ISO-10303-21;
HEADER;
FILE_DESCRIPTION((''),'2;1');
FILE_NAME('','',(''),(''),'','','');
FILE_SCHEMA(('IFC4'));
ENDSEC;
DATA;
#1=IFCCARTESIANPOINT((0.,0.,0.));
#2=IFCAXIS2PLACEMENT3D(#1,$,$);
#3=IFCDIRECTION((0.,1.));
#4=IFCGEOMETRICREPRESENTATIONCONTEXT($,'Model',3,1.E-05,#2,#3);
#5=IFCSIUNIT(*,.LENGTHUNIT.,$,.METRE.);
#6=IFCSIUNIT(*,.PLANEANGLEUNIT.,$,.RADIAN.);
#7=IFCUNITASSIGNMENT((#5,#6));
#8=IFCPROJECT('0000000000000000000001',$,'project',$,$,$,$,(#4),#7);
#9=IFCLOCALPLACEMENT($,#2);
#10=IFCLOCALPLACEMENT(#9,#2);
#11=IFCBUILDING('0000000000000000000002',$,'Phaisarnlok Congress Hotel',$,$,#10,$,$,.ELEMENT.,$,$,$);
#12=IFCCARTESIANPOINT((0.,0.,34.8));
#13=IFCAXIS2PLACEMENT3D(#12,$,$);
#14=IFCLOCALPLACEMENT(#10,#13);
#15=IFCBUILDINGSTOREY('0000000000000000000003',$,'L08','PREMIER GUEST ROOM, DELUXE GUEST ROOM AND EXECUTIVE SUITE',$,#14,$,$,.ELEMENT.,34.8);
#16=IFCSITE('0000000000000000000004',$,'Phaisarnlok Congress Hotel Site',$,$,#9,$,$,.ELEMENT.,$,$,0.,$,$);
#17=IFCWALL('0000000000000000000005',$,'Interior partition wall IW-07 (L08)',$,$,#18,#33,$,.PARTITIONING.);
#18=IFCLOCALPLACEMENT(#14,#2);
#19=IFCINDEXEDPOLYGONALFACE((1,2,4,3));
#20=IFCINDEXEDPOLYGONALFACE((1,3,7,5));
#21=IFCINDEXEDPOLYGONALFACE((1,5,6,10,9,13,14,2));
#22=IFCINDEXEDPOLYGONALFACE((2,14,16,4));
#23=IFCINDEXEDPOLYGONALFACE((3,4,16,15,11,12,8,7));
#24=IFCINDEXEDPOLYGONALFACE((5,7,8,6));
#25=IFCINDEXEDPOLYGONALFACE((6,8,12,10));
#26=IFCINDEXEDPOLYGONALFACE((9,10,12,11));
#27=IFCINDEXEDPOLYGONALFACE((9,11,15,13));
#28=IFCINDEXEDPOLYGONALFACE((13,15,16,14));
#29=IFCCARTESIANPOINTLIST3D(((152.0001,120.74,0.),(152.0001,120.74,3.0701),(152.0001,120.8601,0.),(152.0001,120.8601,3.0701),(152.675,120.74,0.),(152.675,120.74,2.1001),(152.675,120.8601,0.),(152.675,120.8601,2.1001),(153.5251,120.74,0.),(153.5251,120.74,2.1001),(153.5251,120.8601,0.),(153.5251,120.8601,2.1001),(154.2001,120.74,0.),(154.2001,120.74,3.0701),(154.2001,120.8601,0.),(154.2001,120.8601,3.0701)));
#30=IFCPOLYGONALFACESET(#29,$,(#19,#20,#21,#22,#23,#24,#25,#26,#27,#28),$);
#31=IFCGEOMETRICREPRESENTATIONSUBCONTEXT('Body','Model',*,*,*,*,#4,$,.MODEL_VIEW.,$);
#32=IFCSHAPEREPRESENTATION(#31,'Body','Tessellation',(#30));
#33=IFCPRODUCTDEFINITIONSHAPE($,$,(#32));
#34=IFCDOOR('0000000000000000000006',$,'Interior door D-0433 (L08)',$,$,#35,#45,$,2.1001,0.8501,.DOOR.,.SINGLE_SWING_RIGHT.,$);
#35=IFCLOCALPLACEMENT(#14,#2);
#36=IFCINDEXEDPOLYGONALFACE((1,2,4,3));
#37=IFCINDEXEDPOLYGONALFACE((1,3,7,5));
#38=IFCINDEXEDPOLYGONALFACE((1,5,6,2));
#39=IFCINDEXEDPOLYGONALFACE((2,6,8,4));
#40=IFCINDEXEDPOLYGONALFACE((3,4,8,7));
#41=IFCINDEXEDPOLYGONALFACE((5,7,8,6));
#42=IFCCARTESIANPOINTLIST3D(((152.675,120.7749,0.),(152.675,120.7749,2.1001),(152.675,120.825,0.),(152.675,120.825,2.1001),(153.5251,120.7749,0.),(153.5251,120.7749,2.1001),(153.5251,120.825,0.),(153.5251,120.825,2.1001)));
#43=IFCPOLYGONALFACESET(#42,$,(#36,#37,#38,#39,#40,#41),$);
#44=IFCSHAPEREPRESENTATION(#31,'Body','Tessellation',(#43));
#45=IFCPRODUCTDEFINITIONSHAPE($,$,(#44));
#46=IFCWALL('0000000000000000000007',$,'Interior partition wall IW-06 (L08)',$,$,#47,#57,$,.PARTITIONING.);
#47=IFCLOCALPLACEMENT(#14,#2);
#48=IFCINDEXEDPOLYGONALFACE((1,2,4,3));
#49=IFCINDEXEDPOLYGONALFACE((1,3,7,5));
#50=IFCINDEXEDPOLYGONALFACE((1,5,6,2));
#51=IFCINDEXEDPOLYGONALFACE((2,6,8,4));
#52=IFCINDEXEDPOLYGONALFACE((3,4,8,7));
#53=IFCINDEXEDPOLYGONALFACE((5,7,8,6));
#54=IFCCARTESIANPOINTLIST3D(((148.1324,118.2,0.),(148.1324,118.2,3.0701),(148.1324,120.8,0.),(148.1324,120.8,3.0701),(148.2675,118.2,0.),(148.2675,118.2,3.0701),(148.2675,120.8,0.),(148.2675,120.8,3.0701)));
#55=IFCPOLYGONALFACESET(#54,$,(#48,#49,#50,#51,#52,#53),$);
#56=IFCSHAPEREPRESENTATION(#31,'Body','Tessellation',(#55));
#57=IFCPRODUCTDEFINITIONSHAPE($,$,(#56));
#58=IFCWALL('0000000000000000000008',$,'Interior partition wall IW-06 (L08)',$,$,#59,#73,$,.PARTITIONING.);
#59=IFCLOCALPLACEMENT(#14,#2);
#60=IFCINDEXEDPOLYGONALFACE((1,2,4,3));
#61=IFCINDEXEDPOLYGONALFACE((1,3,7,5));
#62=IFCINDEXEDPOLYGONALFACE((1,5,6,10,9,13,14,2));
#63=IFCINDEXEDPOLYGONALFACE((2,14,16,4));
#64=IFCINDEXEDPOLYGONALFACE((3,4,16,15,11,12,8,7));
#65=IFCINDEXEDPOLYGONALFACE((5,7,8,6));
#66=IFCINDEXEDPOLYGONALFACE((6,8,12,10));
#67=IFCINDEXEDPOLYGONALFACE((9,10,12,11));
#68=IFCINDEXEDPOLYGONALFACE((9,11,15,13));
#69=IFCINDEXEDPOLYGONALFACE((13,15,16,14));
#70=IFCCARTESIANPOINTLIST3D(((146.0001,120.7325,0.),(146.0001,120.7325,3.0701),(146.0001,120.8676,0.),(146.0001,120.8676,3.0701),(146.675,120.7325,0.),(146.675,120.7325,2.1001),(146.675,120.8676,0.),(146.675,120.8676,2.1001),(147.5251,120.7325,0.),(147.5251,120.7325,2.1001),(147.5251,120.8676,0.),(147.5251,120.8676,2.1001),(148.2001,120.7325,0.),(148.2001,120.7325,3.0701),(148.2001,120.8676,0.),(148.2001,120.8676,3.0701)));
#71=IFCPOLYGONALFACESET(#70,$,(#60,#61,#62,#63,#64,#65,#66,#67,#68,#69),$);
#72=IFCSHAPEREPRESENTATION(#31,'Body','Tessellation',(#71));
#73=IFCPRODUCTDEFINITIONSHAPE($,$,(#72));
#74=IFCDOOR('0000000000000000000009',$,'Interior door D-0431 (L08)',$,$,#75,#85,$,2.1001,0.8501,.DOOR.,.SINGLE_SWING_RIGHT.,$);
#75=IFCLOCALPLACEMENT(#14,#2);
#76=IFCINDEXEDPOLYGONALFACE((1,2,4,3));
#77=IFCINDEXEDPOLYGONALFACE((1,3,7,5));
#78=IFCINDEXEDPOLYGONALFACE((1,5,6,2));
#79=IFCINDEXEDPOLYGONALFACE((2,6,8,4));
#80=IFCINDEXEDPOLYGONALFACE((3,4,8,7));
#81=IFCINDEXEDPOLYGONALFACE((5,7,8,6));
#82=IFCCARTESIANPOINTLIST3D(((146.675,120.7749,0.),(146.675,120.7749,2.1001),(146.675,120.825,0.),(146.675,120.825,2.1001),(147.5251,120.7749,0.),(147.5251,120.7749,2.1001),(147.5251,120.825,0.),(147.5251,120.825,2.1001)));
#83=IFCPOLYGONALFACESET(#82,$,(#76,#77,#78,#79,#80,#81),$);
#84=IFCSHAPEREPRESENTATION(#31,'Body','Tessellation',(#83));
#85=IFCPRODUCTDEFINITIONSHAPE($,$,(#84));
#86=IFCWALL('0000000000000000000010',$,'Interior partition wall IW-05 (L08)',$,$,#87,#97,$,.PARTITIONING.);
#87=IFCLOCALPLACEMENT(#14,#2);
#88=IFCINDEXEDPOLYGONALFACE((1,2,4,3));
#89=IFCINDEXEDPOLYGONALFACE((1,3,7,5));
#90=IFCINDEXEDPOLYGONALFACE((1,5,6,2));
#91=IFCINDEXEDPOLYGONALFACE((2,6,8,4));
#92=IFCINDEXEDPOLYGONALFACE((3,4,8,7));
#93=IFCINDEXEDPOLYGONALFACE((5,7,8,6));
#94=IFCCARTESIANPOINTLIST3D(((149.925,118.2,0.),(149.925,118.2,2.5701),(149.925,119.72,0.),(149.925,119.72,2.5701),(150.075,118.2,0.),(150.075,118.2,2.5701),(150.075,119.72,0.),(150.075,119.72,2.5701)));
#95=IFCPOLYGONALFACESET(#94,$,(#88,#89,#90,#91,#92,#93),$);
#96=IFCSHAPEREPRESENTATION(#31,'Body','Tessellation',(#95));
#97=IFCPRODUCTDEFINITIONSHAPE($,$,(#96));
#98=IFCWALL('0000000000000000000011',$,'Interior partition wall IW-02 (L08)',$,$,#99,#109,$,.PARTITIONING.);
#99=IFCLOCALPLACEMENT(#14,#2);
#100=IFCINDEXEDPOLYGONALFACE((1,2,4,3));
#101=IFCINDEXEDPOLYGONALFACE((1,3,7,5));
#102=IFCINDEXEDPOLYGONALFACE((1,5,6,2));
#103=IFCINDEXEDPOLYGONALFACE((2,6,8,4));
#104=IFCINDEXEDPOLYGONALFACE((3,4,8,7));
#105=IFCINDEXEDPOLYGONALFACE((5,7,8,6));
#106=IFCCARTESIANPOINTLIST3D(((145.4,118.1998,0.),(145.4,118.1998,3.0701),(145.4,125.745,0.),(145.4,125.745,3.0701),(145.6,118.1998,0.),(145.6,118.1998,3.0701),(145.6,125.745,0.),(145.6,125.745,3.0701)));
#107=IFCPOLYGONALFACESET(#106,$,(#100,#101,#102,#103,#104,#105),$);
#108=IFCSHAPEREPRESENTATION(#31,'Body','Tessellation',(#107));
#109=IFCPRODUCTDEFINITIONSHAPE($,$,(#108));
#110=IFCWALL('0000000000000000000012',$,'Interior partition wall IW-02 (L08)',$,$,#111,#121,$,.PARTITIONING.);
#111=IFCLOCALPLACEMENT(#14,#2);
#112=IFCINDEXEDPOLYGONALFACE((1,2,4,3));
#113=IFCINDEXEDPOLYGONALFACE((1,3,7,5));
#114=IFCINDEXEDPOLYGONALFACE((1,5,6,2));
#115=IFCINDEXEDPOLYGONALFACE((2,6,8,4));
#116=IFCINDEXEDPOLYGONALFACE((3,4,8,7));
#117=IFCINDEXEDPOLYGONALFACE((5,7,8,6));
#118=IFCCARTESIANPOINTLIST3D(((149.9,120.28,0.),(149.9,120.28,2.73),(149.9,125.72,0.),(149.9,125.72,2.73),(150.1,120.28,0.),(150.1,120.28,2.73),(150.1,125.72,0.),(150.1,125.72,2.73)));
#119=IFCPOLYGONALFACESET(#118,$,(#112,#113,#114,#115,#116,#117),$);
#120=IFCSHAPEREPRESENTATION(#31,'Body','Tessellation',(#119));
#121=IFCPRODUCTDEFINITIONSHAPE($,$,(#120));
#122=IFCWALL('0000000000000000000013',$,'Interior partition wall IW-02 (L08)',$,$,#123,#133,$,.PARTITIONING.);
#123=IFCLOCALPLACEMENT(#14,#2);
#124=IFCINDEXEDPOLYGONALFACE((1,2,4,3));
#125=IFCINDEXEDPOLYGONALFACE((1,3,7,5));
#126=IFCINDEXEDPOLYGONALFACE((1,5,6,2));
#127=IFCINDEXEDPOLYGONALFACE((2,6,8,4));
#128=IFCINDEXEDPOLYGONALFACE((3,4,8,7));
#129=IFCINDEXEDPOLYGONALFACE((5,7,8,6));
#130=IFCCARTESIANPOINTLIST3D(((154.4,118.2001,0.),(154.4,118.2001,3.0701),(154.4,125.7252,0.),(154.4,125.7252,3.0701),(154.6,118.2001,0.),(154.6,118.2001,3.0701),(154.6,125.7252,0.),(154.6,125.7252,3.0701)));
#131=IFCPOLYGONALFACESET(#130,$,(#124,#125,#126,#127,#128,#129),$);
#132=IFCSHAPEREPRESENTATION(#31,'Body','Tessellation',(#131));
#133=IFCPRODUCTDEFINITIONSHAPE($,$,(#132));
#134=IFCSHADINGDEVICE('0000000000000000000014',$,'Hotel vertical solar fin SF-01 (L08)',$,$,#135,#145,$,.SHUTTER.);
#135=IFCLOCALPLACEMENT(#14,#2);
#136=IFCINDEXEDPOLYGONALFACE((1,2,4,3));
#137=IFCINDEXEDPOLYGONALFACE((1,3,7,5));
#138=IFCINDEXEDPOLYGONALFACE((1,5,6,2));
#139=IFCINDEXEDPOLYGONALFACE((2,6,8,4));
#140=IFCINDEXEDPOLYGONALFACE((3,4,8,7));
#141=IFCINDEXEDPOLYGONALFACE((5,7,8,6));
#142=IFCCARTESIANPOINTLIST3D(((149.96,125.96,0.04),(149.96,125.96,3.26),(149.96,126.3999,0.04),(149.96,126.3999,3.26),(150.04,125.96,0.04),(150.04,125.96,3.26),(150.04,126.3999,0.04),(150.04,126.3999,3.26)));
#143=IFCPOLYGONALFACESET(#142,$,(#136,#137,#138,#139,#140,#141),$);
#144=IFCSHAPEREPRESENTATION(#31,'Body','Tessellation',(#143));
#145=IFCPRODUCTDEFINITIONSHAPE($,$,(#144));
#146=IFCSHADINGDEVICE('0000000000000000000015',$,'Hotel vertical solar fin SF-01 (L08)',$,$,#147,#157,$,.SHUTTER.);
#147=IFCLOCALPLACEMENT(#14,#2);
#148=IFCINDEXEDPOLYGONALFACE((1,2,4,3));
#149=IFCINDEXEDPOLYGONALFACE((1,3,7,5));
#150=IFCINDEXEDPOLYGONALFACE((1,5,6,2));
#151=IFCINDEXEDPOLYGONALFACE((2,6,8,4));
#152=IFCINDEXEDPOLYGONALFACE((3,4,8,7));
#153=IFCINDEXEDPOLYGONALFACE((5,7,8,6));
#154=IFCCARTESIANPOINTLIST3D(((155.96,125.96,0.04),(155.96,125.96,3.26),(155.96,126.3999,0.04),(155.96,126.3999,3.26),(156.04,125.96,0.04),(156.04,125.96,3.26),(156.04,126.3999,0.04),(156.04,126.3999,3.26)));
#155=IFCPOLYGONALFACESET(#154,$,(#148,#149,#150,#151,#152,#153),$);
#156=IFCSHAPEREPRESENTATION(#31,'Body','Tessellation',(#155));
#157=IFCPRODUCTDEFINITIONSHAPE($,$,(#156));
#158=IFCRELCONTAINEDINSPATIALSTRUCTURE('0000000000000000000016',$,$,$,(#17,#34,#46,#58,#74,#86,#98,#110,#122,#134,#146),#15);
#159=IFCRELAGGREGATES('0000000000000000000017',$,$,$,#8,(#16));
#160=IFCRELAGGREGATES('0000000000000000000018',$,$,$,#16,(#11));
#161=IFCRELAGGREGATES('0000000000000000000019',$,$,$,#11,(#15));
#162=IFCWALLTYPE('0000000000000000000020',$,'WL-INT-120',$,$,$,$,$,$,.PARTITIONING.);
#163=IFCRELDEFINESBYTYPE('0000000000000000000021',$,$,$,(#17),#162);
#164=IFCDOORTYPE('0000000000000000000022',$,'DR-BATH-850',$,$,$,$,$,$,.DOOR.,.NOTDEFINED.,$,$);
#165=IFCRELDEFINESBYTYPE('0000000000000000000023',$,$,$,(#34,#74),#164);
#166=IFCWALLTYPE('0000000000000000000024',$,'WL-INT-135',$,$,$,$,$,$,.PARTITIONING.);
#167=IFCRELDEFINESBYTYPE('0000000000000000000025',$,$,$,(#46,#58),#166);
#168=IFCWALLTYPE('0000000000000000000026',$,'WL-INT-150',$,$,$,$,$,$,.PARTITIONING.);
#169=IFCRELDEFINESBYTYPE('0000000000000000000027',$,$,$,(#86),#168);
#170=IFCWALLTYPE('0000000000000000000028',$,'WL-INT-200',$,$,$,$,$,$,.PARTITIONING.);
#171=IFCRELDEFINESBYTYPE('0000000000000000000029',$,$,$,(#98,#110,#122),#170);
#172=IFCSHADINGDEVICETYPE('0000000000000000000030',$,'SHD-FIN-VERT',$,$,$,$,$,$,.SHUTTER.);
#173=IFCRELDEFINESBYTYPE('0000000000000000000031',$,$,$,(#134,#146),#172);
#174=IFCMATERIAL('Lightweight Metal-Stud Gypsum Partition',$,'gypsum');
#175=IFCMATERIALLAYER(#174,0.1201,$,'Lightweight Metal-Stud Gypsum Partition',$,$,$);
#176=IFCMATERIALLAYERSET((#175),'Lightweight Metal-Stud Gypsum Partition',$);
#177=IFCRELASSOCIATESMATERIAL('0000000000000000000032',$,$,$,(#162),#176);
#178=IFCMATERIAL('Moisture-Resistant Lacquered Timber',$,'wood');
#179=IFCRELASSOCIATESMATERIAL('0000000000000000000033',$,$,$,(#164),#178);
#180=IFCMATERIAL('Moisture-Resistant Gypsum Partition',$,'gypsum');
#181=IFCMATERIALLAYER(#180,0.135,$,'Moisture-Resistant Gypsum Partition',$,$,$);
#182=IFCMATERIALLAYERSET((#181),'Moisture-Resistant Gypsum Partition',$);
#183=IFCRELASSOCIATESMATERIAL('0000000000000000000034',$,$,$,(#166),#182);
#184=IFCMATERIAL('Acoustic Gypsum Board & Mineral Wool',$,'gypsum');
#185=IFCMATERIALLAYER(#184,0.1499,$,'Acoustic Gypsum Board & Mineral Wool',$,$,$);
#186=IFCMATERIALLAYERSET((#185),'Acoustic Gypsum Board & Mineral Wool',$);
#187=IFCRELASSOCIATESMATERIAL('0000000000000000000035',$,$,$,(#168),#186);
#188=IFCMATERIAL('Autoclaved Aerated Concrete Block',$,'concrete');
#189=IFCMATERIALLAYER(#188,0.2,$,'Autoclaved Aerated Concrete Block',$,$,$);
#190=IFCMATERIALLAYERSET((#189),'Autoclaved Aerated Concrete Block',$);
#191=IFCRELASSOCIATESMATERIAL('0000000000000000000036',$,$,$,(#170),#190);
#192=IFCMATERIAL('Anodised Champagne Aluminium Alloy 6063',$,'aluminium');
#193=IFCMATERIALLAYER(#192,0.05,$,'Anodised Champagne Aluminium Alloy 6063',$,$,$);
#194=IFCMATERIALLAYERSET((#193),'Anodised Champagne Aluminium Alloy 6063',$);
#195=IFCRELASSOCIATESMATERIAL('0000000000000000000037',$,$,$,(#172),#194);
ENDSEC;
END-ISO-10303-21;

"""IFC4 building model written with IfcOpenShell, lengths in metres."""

from ifc_helpers import new_model, si_unit, direction, frame, frame_2d, origin, origin_2d, place, context, subcontext, project, spatial, rectangle, extrude, material, layer, layer_set, type_object, element, fill, save


model = new_model("IFC4")

# Units and contexts
model_context = context("Model", 3, precision=1e-05, world=origin(), true_north=direction((0.0, 1.0)))
body_context = subcontext(model_context, "Body", "Model", "MODEL_VIEW")
ifc_project = project(units=[si_unit("LENGTHUNIT", "METRE"), si_unit("PLANEANGLEUNIT", "RADIAN")], contexts=[model_context])

# Site, building, storey
site_placement = place(None, origin())
site = spatial("IfcSite", under=ifc_project, at=site_placement, Name="Phaisarnlok Congress Hotel Site", CompositionType="ELEMENT", RefElevation=0.0)
building_placement = place(site_placement, origin())
building = spatial("IfcBuilding", under=site, at=building_placement, Name="Phaisarnlok Congress Hotel", CompositionType="ELEMENT")
storey_placement = place(building_placement, frame((0.0, 0.0, 34.8)))
storey = spatial("IfcBuildingStorey", under=building, at=storey_placement, Name="L08", Description="PREMIER GUEST ROOM, DELUXE GUEST ROOM AND EXECUTIVE SUITE", CompositionType="ELEMENT", Elevation=34.8)

# Shared definitions
ifc_material_1 = material(Name="Lightweight Metal-Stud Gypsum Partition", Category="gypsum")
ifc_layer_1 = layer(ifc_material_1, 0.1201, Name="Lightweight Metal-Stud Gypsum Partition")
ifc_layer_set_1 = layer_set([ifc_layer_1], Name="Lightweight Metal-Stud Gypsum Partition")
wall_type_1 = type_object("IfcWallType", Name="WL-INT-120", PredefinedType="PARTITIONING", material=ifc_layer_set_1)

# Wall, opening, door
wall_1_placement = place(storey_placement, frame((152.0, 120.8, 0.0), z_axis=(0.0, 0.0, 1.0), x_axis=(1.0, 0.0, 0.0)))
wall_1 = element("IfcWall", 1, at=wall_1_placement, inside=storey, type_object=wall_type_1, Name="Interior partition wall IW-07 (L08)", PredefinedType="PARTITIONING", context=body_context, shape_type="SweptSolid", body=[
    extrude(rectangle(XDim=2.2, YDim=0.1201, at=frame_2d((1.1001, 0.0))), origin(), (0.0, 0.0, 1.0), 3.0701),
])
opening_1_placement = place(wall_1_placement, frame((0.675, 0.0, 0.0)))
opening_1 = element("IfcOpeningElement", 2, at=opening_1_placement, cuts=wall_1, PredefinedType="OPENING", context=body_context, shape_type="SweptSolid", body=[
    extrude(rectangle(XDim=0.8501, YDim=2.1001, at=frame_2d((0.425, 1.05))), frame((0.0, 0.0701, 0.0), z_axis=(0.0, -1.0, 0.0), x_axis=(1.0, 0.0, 0.0)), (0.0, 0.0, 1.0), 0.1401),
])
ifc_material_2 = material(Name="Moisture-Resistant Lacquered Timber", Category="wood")
door_type = type_object("IfcDoorType", Name="DR-BATH-850", OperationType="NOTDEFINED", PredefinedType="DOOR", material=ifc_material_2)
door_1_placement = place(opening_1_placement, origin())
door_1 = element("IfcDoor", 3, at=door_1_placement, inside=storey, type_object=door_type, Name="Interior door D-0433 (L08)", OperationType="SINGLE_SWING_RIGHT", OverallHeight=2.1001, OverallWidth=0.8501, PredefinedType="DOOR", context=body_context, shape_type="SweptSolid", body=[
    extrude(rectangle(XDim=0.8501, YDim=2.1001, at=frame_2d((0.425, 1.05))), frame((0.0, 0.0249, 0.0), z_axis=(0.0, -1.0, 0.0), x_axis=(1.0, 0.0, 0.0)), (0.0, 0.0, 1.0), 0.05),
])
fill(opening_1, door_1)

# Wall
ifc_material_3 = material(Name="Moisture-Resistant Gypsum Partition", Category="gypsum")
ifc_layer_2 = layer(ifc_material_3, 0.135, Name="Moisture-Resistant Gypsum Partition")
ifc_layer_set_2 = layer_set([ifc_layer_2], Name="Moisture-Resistant Gypsum Partition")
wall_type_2 = type_object("IfcWallType", Name="WL-INT-135", PredefinedType="PARTITIONING", material=ifc_layer_set_2)
wall_2_placement = place(storey_placement, frame((148.2, 118.2, 0.0), z_axis=(0.0, 0.0, 1.0), x_axis=(0.0, 1.0, 0.0)))
element("IfcWall", 4, at=wall_2_placement, inside=storey, type_object=wall_type_2, Name="Interior partition wall IW-06 (L08)", PredefinedType="PARTITIONING", context=body_context, shape_type="SweptSolid", body=[
    extrude(rectangle(XDim=2.6001, YDim=0.135, at=frame_2d((1.3, 0.0))), origin(), (0.0, 0.0, 1.0), 3.0701),
])

# Wall, opening, door
wall_3_placement = place(storey_placement, frame((146.0, 120.8, 0.0), z_axis=(0.0, 0.0, 1.0), x_axis=(1.0, 0.0, 0.0)))
wall_3 = element("IfcWall", 5, at=wall_3_placement, inside=storey, type_object=wall_type_2, Name="Interior partition wall IW-06 (L08)", PredefinedType="PARTITIONING", context=body_context, shape_type="SweptSolid", body=[
    extrude(rectangle(XDim=2.2, YDim=0.135, at=frame_2d((1.1001, 0.0))), origin(), (0.0, 0.0, 1.0), 3.0701),
])
opening_2_placement = place(wall_3_placement, frame((0.675, 0.0, 0.0)))
opening_2 = element("IfcOpeningElement", 6, at=opening_2_placement, cuts=wall_3, PredefinedType="OPENING", context=body_context, shape_type="SweptSolid", body=[
    extrude(rectangle(XDim=0.8501, YDim=2.1001, at=frame_2d((0.425, 1.05))), frame((0.0, 0.0776, 0.0), z_axis=(0.0, -1.0, 0.0), x_axis=(1.0, 0.0, 0.0)), (0.0, 0.0, 1.0), 0.155),
])
door_2_placement = place(opening_2_placement, origin())
door_2 = element("IfcDoor", 7, at=door_2_placement, inside=storey, type_object=door_type, Name="Interior door D-0431 (L08)", OperationType="SINGLE_SWING_RIGHT", OverallHeight=2.1001, OverallWidth=0.8501, PredefinedType="DOOR", context=body_context, shape_type="SweptSolid", body=[
    extrude(rectangle(XDim=0.8501, YDim=2.1001, at=frame_2d((0.425, 1.05))), frame((0.0, 0.0249, 0.0), z_axis=(0.0, -1.0, 0.0), x_axis=(1.0, 0.0, 0.0)), (0.0, 0.0, 1.0), 0.05),
])
fill(opening_2, door_2)

# Walls
ifc_material_4 = material(Name="Acoustic Gypsum Board & Mineral Wool", Category="gypsum")
ifc_layer_3 = layer(ifc_material_4, 0.1499, Name="Acoustic Gypsum Board & Mineral Wool")
ifc_layer_set_3 = layer_set([ifc_layer_3], Name="Acoustic Gypsum Board & Mineral Wool")
wall_type_3 = type_object("IfcWallType", Name="WL-INT-150", PredefinedType="PARTITIONING", material=ifc_layer_set_3)
wall_4_placement = place(storey_placement, frame((150.0, 118.2, 0.0), z_axis=(0.0, 0.0, 1.0), x_axis=(0.0, 1.0, 0.0)))
element("IfcWall", 8, at=wall_4_placement, inside=storey, type_object=wall_type_3, Name="Interior partition wall IW-05 (L08)", PredefinedType="PARTITIONING", context=body_context, shape_type="SweptSolid", body=[
    extrude(rectangle(XDim=1.52, YDim=0.1499, at=frame_2d((0.76, 0.0))), origin(), (0.0, 0.0, 1.0), 2.5701),
])
ifc_material_5 = material(Name="Autoclaved Aerated Concrete Block", Category="concrete")
ifc_layer_4 = layer(ifc_material_5, 0.2, Name="Autoclaved Aerated Concrete Block")
ifc_layer_set_4 = layer_set([ifc_layer_4], Name="Autoclaved Aerated Concrete Block")
wall_type_4 = type_object("IfcWallType", Name="WL-INT-200", PredefinedType="PARTITIONING", material=ifc_layer_set_4)
wall_5_placement = place(storey_placement, frame((145.5, 118.2, 0.0), z_axis=(0.0, 0.0, 1.0), x_axis=(0.0, 1.0, 0.0)))
element("IfcWall", 9, at=wall_5_placement, inside=storey, type_object=wall_type_4, Name="Interior partition wall IW-02 (L08)", PredefinedType="PARTITIONING", context=body_context, shape_type="SweptSolid", body=[
    extrude(rectangle(XDim=7.5452, YDim=0.2, at=frame_2d((3.7725, 0.0))), origin(), (0.0, 0.0, 1.0), 3.0701),
])
wall_6_placement = place(storey_placement, frame((150.0, 120.28, 0.0), z_axis=(0.0, 0.0, 1.0), x_axis=(0.0, 1.0, 0.0)))
element("IfcWall", 10, at=wall_6_placement, inside=storey, type_object=wall_type_4, Name="Interior partition wall IW-02 (L08)", PredefinedType="PARTITIONING", context=body_context, shape_type="SweptSolid", body=[
    extrude(rectangle(XDim=5.4399, YDim=0.2, at=frame_2d((2.72, 0.0))), origin(), (0.0, 0.0, 1.0), 2.73),
])
wall_7_placement = place(storey_placement, frame((154.5, 118.2, 0.0), z_axis=(0.0, 0.0, 1.0), x_axis=(0.0, 1.0, 0.0)))
element("IfcWall", 11, at=wall_7_placement, inside=storey, type_object=wall_type_4, Name="Interior partition wall IW-02 (L08)", PredefinedType="PARTITIONING", context=body_context, shape_type="SweptSolid", body=[
    extrude(rectangle(XDim=7.5251, YDim=0.2, at=frame_2d((3.7627, 0.0))), origin(), (0.0, 0.0, 1.0), 3.0701),
])

# Shading devices
ifc_material_6 = material(Name="Anodised Champagne Aluminium Alloy 6063", Category="aluminium")
ifc_layer_5 = layer(ifc_material_6, 0.05, Name="Anodised Champagne Aluminium Alloy 6063")
ifc_layer_set_5 = layer_set([ifc_layer_5], Name="Anodised Champagne Aluminium Alloy 6063")
shading_device_type = type_object("IfcShadingDeviceType", Name="SHD-FIN-VERT", PredefinedType="SHUTTER", material=ifc_layer_set_5)
for number, where, z_axis, x_axis, name in (
    (12, (150.0, 126.1799, 0.04), (0.0, 0.0, 1.0), (1.0, 0.0, 0.0), "Hotel vertical solar fin SF-01 (L08)"),
    (13, (156.0, 126.1799, 0.04), (0.0, 0.0, 1.0), (1.0, 0.0, 0.0), "Hotel vertical solar fin SF-01 (L08)"),
):
    element("IfcShadingDevice", number, at=place(storey_placement, frame(where, z_axis=z_axis, x_axis=x_axis)), inside=storey, type_object=shading_device_type, Name=name, PredefinedType="SHUTTER", context=body_context, shape_type="SweptSolid", body=[
        extrude(rectangle(XDim=0.0801, YDim=0.4399, at=origin_2d()), origin(), (0.0, 0.0, 1.0), 3.22),
    ])

save(model, "model.ifc")
